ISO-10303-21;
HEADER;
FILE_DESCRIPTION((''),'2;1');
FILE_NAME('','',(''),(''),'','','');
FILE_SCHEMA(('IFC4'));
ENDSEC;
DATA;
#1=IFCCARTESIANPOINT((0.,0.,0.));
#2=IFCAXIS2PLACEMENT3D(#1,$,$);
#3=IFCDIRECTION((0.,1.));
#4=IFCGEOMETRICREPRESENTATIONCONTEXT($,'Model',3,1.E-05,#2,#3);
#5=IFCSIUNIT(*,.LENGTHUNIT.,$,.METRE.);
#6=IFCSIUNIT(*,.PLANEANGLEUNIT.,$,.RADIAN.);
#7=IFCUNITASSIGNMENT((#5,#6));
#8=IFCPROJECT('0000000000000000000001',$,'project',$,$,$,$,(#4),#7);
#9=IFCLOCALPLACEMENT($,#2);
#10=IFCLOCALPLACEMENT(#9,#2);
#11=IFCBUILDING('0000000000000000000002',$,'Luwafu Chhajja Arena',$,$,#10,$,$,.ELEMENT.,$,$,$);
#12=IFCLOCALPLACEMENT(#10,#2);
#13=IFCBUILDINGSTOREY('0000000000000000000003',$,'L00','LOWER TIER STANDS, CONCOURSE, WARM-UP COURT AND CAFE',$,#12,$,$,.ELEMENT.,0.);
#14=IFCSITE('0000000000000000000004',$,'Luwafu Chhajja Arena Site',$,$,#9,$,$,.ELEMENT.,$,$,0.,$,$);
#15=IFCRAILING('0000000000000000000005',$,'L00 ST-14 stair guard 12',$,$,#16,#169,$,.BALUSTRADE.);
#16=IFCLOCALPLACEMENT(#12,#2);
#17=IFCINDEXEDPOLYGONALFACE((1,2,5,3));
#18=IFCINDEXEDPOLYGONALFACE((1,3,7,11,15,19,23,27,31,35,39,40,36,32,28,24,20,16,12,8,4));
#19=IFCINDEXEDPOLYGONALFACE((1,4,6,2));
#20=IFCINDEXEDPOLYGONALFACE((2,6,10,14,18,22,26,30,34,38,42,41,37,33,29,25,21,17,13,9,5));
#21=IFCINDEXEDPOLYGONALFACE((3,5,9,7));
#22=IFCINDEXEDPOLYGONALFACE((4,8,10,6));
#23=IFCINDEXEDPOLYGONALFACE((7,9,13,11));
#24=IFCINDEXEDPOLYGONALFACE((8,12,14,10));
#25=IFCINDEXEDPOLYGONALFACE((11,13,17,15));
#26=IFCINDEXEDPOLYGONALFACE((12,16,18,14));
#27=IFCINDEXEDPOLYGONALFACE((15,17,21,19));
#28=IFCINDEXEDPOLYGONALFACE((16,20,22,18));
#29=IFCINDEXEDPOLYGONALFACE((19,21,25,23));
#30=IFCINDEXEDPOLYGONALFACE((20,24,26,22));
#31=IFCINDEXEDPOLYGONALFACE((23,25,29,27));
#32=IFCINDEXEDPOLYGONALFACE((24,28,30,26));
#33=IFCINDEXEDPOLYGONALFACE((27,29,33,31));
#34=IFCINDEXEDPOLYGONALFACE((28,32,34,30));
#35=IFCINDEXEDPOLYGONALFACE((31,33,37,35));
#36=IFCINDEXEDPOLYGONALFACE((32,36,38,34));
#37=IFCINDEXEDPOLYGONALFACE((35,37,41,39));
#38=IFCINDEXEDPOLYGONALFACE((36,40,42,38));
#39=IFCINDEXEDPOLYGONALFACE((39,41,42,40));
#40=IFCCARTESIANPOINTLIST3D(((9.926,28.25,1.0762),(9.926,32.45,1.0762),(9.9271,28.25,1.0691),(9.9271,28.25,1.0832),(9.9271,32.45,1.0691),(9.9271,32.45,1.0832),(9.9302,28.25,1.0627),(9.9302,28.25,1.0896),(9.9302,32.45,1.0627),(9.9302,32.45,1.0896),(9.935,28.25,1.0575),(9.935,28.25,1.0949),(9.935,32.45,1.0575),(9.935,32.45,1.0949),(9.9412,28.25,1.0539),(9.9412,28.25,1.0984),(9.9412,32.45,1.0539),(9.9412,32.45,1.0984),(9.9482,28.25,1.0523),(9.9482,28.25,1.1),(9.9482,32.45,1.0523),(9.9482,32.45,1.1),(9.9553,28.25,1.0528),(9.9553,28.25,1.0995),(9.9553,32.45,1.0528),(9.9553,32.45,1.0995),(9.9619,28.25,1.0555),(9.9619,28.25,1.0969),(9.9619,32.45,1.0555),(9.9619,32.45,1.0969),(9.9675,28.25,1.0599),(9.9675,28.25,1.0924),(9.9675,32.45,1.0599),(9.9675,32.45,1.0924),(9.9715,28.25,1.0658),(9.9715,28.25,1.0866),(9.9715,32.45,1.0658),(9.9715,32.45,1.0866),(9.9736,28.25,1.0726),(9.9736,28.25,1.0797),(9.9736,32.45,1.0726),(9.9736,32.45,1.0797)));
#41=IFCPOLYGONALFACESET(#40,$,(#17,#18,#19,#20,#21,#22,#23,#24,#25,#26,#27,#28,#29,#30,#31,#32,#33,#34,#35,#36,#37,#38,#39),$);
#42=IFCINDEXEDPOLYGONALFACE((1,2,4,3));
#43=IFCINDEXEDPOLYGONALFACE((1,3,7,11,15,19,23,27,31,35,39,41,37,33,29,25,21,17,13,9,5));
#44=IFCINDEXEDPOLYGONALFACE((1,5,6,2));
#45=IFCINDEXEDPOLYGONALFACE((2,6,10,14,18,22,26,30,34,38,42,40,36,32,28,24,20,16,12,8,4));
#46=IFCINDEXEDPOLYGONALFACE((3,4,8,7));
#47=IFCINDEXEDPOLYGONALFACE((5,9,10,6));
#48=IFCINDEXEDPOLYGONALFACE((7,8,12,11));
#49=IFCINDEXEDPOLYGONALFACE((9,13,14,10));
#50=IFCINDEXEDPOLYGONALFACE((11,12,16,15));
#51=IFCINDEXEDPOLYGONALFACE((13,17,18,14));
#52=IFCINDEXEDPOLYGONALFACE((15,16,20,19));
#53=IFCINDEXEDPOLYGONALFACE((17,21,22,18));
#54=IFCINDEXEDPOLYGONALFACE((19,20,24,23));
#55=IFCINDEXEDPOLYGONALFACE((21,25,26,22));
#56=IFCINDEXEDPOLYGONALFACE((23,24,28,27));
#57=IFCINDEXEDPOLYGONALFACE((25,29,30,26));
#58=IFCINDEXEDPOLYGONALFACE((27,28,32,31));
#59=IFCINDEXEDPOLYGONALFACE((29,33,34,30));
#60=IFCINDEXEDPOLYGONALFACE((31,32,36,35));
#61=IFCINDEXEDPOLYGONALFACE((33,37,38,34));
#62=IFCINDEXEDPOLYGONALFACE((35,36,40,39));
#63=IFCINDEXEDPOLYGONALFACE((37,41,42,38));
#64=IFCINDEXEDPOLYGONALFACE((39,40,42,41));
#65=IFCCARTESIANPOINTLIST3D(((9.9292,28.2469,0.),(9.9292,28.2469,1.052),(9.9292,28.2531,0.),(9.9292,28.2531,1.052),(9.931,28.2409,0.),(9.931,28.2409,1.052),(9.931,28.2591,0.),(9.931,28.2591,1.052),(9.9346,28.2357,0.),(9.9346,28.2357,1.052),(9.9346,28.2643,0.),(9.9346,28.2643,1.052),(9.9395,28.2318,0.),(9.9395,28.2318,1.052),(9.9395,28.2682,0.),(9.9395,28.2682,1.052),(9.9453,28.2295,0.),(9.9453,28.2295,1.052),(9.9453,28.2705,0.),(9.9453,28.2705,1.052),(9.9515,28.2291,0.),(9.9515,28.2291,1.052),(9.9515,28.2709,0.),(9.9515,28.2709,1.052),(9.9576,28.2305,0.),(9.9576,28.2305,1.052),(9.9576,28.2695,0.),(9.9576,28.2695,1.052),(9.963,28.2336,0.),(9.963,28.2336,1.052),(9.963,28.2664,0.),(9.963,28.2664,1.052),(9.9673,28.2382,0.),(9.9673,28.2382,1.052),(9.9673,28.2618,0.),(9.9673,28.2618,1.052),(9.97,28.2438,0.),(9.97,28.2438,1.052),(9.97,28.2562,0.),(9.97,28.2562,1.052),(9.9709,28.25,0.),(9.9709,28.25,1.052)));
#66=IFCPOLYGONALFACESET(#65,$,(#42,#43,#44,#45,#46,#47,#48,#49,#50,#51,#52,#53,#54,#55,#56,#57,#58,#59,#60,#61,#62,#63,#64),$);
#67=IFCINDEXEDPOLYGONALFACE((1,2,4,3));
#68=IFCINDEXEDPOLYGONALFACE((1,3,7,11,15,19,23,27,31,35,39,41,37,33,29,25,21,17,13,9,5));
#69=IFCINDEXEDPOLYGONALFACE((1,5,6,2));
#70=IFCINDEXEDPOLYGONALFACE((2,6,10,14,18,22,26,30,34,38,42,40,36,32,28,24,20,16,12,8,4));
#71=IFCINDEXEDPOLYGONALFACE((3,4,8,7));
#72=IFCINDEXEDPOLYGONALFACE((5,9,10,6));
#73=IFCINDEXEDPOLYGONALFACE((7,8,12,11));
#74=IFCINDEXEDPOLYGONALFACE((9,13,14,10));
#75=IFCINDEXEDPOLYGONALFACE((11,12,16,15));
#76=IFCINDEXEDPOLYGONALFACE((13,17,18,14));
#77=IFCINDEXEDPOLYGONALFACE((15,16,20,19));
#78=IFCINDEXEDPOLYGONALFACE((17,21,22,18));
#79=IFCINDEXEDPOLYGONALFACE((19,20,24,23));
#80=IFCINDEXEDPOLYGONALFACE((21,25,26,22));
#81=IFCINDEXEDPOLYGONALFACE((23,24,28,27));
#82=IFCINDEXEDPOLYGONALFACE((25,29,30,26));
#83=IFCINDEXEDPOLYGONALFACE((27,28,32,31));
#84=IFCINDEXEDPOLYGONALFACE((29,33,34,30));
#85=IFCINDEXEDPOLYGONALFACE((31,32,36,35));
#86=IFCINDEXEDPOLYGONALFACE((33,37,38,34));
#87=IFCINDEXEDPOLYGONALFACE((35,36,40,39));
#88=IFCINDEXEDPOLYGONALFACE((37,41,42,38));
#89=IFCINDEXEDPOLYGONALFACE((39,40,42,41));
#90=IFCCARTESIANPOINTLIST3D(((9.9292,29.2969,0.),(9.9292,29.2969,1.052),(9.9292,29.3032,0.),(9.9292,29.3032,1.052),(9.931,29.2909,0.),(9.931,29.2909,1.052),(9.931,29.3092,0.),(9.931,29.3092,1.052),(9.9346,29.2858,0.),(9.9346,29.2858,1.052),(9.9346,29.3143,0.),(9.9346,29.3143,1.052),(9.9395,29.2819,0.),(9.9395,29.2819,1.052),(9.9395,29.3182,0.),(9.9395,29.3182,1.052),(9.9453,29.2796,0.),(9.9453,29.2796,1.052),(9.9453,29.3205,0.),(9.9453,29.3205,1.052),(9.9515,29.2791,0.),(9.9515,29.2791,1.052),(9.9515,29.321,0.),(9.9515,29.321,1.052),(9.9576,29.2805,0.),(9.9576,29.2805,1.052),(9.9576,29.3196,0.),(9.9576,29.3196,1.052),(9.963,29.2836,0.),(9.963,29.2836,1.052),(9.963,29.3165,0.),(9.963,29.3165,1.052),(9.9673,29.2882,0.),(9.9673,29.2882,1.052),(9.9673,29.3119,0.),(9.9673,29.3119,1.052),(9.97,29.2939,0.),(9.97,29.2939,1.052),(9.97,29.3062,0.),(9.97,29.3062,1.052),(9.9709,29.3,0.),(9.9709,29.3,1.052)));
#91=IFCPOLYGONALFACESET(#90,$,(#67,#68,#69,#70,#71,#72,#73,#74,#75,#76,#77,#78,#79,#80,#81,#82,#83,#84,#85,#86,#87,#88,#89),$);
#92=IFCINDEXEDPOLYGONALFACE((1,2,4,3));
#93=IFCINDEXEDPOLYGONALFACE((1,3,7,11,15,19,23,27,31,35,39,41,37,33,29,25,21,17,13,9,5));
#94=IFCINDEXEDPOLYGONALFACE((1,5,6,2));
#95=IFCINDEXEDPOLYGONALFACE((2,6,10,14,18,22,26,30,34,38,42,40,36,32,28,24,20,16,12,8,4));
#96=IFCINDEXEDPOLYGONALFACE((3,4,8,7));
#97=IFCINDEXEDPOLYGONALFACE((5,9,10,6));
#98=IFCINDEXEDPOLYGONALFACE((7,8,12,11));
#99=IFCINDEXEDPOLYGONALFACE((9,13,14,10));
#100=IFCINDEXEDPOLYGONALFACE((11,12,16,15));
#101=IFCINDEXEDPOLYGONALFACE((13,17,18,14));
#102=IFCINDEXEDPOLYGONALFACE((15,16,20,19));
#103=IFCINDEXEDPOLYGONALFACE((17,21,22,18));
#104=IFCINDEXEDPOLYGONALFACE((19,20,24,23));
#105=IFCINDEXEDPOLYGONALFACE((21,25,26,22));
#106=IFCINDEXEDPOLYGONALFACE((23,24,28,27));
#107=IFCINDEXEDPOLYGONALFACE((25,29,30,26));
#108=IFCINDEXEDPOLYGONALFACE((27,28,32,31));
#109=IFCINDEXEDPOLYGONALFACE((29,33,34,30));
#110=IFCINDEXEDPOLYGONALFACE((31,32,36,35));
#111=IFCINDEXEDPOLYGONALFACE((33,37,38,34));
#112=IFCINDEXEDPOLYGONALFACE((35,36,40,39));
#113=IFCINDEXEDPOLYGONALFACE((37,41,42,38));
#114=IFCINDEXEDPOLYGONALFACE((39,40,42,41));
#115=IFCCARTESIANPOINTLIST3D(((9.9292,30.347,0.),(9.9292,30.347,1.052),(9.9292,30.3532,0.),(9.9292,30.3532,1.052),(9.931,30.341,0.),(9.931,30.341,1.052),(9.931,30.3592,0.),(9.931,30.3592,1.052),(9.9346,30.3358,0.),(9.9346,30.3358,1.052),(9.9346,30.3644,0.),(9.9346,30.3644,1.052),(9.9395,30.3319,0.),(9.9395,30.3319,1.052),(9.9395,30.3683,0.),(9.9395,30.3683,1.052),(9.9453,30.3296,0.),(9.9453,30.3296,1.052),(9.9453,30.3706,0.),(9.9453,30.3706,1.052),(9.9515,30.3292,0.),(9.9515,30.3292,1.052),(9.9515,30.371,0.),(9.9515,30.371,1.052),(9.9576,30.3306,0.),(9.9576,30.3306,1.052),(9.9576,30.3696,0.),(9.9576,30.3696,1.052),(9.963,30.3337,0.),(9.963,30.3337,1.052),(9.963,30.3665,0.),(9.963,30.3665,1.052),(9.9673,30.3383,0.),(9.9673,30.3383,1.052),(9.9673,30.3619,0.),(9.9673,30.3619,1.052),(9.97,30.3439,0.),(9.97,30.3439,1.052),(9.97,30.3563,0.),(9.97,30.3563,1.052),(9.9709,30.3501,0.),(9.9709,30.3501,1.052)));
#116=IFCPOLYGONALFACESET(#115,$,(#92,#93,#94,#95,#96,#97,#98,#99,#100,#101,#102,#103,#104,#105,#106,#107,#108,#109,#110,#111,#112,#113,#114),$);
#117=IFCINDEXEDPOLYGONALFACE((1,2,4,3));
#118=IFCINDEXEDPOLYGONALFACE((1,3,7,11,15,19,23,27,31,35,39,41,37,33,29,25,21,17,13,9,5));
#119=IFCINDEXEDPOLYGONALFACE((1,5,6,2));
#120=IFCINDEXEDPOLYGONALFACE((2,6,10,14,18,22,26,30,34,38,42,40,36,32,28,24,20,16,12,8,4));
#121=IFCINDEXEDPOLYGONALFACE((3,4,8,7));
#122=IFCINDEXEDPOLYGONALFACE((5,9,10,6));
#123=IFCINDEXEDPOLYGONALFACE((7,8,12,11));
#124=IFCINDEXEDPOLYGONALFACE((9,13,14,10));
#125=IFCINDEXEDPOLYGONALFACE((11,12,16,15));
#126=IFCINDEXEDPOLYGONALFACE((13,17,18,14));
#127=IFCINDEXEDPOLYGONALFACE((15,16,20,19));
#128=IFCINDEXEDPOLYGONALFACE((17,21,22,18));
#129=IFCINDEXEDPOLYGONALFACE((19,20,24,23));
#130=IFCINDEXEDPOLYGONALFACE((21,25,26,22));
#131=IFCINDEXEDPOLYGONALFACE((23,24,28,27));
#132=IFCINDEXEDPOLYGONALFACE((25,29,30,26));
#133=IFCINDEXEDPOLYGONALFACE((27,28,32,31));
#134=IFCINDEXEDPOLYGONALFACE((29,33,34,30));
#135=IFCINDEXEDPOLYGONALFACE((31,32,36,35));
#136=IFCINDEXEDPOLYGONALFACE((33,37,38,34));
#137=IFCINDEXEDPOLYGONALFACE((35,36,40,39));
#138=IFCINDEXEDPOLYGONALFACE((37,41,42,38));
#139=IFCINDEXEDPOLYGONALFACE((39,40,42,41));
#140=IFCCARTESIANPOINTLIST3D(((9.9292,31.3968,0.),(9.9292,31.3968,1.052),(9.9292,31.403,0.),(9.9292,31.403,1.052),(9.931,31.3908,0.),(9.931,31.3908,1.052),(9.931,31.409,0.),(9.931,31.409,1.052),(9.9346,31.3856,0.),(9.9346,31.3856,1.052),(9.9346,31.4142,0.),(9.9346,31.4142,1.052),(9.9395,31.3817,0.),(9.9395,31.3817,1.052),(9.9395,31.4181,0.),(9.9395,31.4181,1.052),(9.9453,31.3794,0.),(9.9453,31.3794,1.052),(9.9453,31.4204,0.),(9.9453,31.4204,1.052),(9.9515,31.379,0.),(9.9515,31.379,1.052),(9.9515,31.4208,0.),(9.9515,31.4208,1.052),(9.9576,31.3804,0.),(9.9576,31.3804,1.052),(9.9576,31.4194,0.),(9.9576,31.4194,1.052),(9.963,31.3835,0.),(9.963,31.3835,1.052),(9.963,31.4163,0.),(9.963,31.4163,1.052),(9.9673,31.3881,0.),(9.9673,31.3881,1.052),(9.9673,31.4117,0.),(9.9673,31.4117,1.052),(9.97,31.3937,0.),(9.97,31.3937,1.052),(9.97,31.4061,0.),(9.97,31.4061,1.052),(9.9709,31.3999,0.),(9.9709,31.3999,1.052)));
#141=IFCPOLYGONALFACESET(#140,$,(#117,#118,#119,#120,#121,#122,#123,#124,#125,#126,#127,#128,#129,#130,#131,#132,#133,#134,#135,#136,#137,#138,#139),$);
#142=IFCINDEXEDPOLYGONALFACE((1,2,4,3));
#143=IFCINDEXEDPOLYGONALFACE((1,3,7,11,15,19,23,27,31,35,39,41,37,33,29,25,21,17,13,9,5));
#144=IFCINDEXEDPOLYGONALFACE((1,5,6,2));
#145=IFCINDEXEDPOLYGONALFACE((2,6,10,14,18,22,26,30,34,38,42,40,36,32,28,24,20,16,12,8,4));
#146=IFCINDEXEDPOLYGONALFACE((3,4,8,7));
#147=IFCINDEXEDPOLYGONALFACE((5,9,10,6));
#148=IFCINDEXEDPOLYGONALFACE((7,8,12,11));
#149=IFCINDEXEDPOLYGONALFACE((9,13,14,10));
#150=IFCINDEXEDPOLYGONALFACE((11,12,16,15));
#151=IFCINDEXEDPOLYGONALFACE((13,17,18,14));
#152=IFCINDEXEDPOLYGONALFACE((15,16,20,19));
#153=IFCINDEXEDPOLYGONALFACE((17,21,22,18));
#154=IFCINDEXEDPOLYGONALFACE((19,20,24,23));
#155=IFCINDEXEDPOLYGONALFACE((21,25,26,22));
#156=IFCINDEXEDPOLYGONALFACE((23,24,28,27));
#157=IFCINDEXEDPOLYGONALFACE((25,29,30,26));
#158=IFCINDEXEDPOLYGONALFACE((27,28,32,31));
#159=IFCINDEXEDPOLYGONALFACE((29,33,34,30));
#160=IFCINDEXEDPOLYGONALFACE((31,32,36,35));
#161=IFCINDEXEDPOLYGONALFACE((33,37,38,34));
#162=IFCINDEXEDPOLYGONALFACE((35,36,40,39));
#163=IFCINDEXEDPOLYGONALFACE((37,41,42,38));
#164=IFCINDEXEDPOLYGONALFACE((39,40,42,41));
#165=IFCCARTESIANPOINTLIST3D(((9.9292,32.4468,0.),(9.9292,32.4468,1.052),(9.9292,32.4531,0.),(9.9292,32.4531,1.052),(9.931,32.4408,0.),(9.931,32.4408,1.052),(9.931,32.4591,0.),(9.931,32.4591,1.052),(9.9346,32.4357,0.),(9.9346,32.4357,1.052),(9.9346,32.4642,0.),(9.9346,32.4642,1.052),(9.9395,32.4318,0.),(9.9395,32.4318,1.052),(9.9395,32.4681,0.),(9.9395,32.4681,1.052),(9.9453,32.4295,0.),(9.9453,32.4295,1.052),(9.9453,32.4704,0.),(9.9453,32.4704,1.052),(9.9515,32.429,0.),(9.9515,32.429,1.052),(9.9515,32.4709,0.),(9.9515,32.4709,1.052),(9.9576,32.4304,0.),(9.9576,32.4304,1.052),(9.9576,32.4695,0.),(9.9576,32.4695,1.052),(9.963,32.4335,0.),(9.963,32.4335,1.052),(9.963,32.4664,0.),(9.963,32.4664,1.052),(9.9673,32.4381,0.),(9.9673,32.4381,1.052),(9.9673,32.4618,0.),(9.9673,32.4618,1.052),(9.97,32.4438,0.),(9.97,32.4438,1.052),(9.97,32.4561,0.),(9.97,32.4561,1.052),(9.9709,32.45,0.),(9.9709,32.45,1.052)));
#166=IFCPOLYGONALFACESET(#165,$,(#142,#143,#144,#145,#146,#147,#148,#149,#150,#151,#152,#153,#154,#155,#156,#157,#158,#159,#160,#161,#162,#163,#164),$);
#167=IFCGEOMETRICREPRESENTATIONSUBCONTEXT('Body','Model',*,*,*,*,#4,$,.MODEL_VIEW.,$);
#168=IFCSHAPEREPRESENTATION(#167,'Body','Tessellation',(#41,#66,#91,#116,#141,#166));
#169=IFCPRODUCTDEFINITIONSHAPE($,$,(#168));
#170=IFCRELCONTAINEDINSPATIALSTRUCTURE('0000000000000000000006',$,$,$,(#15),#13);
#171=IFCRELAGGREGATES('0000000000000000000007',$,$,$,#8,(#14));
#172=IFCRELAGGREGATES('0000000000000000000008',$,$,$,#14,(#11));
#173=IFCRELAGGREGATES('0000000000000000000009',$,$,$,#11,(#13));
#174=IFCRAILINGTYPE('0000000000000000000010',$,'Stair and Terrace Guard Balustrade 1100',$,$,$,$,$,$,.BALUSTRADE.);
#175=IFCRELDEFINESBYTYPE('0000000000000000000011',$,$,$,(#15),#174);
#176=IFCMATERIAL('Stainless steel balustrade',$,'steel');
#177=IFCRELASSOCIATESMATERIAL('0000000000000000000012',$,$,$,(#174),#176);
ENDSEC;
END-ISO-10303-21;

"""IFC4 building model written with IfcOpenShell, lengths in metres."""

from ifc_helpers import new_model, si_unit, direction, frame, origin, origin_2d, place, context, subcontext, project, spatial, circle, extrude, material, type_object, element, save


model = new_model("IFC4")

# Units and contexts
model_context = context("Model", 3, precision=1e-05, world=origin(), true_north=direction((0.0, 1.0)))
body_context = subcontext(model_context, "Body", "Model", "MODEL_VIEW")
ifc_project = project(units=[si_unit("LENGTHUNIT", "METRE"), si_unit("PLANEANGLEUNIT", "RADIAN")], contexts=[model_context])

# Site, building, storey
site_placement = place(None, origin())
site = spatial("IfcSite", under=ifc_project, at=site_placement, Name="Luwafu Chhajja Arena Site", CompositionType="ELEMENT", RefElevation=0.0)
building_placement = place(site_placement, origin())
building = spatial("IfcBuilding", under=site, at=building_placement, Name="Luwafu Chhajja Arena", CompositionType="ELEMENT")
storey_placement = place(building_placement, origin())
storey = spatial("IfcBuildingStorey", under=building, at=storey_placement, Name="L00", Description="LOWER TIER STANDS, CONCOURSE, WARM-UP COURT AND CAFE", CompositionType="ELEMENT", Elevation=0.0)

# Railing
ifc_material_1 = material(Name="Stainless steel balustrade", Category="steel")
railing_type_1 = type_object("IfcRailingType", Name="Stair and Terrace Guard Balustrade 1100", PredefinedType="BALUSTRADE", material=ifc_material_1)
railing_1_placement = place(storey_placement, frame((9.95, 28.25, 0.0)))
element("IfcRailing", 1, at=railing_1_placement, inside=storey, type_object=railing_type_1, Name="L00 ST-14 stair guard 12", PredefinedType="BALUSTRADE", context=body_context, shape_type="SweptSolid", body=[
    extrude(circle(Radius=0.0239, at=origin_2d()), frame((0.0, 0.0, 1.0762), z_axis=(0.0, 1.0, 0.0), x_axis=(-1.0, 0.0, 0.0)), (0.0, 0.0, 1.0), 4.2),
    extrude(circle(Radius=0.021, at=origin_2d()), origin(), (0.0, 0.0, 1.0), 1.052),
    extrude(circle(Radius=0.021, at=origin_2d()), frame((0.0, 1.05, 0.0)), (0.0, 0.0, 1.0), 1.052),
    extrude(circle(Radius=0.021, at=origin_2d()), frame((0.0, 2.1001, 0.0)), (0.0, 0.0, 1.0), 1.052),
    extrude(circle(Radius=0.021, at=origin_2d()), frame((0.0, 3.1499, 0.0)), (0.0, 0.0, 1.0), 1.052),
    extrude(circle(Radius=0.021, at=origin_2d()), frame((0.0, 4.2, 0.0)), (0.0, 0.0, 1.0), 1.052),
])

save(model, "model.ifc")
